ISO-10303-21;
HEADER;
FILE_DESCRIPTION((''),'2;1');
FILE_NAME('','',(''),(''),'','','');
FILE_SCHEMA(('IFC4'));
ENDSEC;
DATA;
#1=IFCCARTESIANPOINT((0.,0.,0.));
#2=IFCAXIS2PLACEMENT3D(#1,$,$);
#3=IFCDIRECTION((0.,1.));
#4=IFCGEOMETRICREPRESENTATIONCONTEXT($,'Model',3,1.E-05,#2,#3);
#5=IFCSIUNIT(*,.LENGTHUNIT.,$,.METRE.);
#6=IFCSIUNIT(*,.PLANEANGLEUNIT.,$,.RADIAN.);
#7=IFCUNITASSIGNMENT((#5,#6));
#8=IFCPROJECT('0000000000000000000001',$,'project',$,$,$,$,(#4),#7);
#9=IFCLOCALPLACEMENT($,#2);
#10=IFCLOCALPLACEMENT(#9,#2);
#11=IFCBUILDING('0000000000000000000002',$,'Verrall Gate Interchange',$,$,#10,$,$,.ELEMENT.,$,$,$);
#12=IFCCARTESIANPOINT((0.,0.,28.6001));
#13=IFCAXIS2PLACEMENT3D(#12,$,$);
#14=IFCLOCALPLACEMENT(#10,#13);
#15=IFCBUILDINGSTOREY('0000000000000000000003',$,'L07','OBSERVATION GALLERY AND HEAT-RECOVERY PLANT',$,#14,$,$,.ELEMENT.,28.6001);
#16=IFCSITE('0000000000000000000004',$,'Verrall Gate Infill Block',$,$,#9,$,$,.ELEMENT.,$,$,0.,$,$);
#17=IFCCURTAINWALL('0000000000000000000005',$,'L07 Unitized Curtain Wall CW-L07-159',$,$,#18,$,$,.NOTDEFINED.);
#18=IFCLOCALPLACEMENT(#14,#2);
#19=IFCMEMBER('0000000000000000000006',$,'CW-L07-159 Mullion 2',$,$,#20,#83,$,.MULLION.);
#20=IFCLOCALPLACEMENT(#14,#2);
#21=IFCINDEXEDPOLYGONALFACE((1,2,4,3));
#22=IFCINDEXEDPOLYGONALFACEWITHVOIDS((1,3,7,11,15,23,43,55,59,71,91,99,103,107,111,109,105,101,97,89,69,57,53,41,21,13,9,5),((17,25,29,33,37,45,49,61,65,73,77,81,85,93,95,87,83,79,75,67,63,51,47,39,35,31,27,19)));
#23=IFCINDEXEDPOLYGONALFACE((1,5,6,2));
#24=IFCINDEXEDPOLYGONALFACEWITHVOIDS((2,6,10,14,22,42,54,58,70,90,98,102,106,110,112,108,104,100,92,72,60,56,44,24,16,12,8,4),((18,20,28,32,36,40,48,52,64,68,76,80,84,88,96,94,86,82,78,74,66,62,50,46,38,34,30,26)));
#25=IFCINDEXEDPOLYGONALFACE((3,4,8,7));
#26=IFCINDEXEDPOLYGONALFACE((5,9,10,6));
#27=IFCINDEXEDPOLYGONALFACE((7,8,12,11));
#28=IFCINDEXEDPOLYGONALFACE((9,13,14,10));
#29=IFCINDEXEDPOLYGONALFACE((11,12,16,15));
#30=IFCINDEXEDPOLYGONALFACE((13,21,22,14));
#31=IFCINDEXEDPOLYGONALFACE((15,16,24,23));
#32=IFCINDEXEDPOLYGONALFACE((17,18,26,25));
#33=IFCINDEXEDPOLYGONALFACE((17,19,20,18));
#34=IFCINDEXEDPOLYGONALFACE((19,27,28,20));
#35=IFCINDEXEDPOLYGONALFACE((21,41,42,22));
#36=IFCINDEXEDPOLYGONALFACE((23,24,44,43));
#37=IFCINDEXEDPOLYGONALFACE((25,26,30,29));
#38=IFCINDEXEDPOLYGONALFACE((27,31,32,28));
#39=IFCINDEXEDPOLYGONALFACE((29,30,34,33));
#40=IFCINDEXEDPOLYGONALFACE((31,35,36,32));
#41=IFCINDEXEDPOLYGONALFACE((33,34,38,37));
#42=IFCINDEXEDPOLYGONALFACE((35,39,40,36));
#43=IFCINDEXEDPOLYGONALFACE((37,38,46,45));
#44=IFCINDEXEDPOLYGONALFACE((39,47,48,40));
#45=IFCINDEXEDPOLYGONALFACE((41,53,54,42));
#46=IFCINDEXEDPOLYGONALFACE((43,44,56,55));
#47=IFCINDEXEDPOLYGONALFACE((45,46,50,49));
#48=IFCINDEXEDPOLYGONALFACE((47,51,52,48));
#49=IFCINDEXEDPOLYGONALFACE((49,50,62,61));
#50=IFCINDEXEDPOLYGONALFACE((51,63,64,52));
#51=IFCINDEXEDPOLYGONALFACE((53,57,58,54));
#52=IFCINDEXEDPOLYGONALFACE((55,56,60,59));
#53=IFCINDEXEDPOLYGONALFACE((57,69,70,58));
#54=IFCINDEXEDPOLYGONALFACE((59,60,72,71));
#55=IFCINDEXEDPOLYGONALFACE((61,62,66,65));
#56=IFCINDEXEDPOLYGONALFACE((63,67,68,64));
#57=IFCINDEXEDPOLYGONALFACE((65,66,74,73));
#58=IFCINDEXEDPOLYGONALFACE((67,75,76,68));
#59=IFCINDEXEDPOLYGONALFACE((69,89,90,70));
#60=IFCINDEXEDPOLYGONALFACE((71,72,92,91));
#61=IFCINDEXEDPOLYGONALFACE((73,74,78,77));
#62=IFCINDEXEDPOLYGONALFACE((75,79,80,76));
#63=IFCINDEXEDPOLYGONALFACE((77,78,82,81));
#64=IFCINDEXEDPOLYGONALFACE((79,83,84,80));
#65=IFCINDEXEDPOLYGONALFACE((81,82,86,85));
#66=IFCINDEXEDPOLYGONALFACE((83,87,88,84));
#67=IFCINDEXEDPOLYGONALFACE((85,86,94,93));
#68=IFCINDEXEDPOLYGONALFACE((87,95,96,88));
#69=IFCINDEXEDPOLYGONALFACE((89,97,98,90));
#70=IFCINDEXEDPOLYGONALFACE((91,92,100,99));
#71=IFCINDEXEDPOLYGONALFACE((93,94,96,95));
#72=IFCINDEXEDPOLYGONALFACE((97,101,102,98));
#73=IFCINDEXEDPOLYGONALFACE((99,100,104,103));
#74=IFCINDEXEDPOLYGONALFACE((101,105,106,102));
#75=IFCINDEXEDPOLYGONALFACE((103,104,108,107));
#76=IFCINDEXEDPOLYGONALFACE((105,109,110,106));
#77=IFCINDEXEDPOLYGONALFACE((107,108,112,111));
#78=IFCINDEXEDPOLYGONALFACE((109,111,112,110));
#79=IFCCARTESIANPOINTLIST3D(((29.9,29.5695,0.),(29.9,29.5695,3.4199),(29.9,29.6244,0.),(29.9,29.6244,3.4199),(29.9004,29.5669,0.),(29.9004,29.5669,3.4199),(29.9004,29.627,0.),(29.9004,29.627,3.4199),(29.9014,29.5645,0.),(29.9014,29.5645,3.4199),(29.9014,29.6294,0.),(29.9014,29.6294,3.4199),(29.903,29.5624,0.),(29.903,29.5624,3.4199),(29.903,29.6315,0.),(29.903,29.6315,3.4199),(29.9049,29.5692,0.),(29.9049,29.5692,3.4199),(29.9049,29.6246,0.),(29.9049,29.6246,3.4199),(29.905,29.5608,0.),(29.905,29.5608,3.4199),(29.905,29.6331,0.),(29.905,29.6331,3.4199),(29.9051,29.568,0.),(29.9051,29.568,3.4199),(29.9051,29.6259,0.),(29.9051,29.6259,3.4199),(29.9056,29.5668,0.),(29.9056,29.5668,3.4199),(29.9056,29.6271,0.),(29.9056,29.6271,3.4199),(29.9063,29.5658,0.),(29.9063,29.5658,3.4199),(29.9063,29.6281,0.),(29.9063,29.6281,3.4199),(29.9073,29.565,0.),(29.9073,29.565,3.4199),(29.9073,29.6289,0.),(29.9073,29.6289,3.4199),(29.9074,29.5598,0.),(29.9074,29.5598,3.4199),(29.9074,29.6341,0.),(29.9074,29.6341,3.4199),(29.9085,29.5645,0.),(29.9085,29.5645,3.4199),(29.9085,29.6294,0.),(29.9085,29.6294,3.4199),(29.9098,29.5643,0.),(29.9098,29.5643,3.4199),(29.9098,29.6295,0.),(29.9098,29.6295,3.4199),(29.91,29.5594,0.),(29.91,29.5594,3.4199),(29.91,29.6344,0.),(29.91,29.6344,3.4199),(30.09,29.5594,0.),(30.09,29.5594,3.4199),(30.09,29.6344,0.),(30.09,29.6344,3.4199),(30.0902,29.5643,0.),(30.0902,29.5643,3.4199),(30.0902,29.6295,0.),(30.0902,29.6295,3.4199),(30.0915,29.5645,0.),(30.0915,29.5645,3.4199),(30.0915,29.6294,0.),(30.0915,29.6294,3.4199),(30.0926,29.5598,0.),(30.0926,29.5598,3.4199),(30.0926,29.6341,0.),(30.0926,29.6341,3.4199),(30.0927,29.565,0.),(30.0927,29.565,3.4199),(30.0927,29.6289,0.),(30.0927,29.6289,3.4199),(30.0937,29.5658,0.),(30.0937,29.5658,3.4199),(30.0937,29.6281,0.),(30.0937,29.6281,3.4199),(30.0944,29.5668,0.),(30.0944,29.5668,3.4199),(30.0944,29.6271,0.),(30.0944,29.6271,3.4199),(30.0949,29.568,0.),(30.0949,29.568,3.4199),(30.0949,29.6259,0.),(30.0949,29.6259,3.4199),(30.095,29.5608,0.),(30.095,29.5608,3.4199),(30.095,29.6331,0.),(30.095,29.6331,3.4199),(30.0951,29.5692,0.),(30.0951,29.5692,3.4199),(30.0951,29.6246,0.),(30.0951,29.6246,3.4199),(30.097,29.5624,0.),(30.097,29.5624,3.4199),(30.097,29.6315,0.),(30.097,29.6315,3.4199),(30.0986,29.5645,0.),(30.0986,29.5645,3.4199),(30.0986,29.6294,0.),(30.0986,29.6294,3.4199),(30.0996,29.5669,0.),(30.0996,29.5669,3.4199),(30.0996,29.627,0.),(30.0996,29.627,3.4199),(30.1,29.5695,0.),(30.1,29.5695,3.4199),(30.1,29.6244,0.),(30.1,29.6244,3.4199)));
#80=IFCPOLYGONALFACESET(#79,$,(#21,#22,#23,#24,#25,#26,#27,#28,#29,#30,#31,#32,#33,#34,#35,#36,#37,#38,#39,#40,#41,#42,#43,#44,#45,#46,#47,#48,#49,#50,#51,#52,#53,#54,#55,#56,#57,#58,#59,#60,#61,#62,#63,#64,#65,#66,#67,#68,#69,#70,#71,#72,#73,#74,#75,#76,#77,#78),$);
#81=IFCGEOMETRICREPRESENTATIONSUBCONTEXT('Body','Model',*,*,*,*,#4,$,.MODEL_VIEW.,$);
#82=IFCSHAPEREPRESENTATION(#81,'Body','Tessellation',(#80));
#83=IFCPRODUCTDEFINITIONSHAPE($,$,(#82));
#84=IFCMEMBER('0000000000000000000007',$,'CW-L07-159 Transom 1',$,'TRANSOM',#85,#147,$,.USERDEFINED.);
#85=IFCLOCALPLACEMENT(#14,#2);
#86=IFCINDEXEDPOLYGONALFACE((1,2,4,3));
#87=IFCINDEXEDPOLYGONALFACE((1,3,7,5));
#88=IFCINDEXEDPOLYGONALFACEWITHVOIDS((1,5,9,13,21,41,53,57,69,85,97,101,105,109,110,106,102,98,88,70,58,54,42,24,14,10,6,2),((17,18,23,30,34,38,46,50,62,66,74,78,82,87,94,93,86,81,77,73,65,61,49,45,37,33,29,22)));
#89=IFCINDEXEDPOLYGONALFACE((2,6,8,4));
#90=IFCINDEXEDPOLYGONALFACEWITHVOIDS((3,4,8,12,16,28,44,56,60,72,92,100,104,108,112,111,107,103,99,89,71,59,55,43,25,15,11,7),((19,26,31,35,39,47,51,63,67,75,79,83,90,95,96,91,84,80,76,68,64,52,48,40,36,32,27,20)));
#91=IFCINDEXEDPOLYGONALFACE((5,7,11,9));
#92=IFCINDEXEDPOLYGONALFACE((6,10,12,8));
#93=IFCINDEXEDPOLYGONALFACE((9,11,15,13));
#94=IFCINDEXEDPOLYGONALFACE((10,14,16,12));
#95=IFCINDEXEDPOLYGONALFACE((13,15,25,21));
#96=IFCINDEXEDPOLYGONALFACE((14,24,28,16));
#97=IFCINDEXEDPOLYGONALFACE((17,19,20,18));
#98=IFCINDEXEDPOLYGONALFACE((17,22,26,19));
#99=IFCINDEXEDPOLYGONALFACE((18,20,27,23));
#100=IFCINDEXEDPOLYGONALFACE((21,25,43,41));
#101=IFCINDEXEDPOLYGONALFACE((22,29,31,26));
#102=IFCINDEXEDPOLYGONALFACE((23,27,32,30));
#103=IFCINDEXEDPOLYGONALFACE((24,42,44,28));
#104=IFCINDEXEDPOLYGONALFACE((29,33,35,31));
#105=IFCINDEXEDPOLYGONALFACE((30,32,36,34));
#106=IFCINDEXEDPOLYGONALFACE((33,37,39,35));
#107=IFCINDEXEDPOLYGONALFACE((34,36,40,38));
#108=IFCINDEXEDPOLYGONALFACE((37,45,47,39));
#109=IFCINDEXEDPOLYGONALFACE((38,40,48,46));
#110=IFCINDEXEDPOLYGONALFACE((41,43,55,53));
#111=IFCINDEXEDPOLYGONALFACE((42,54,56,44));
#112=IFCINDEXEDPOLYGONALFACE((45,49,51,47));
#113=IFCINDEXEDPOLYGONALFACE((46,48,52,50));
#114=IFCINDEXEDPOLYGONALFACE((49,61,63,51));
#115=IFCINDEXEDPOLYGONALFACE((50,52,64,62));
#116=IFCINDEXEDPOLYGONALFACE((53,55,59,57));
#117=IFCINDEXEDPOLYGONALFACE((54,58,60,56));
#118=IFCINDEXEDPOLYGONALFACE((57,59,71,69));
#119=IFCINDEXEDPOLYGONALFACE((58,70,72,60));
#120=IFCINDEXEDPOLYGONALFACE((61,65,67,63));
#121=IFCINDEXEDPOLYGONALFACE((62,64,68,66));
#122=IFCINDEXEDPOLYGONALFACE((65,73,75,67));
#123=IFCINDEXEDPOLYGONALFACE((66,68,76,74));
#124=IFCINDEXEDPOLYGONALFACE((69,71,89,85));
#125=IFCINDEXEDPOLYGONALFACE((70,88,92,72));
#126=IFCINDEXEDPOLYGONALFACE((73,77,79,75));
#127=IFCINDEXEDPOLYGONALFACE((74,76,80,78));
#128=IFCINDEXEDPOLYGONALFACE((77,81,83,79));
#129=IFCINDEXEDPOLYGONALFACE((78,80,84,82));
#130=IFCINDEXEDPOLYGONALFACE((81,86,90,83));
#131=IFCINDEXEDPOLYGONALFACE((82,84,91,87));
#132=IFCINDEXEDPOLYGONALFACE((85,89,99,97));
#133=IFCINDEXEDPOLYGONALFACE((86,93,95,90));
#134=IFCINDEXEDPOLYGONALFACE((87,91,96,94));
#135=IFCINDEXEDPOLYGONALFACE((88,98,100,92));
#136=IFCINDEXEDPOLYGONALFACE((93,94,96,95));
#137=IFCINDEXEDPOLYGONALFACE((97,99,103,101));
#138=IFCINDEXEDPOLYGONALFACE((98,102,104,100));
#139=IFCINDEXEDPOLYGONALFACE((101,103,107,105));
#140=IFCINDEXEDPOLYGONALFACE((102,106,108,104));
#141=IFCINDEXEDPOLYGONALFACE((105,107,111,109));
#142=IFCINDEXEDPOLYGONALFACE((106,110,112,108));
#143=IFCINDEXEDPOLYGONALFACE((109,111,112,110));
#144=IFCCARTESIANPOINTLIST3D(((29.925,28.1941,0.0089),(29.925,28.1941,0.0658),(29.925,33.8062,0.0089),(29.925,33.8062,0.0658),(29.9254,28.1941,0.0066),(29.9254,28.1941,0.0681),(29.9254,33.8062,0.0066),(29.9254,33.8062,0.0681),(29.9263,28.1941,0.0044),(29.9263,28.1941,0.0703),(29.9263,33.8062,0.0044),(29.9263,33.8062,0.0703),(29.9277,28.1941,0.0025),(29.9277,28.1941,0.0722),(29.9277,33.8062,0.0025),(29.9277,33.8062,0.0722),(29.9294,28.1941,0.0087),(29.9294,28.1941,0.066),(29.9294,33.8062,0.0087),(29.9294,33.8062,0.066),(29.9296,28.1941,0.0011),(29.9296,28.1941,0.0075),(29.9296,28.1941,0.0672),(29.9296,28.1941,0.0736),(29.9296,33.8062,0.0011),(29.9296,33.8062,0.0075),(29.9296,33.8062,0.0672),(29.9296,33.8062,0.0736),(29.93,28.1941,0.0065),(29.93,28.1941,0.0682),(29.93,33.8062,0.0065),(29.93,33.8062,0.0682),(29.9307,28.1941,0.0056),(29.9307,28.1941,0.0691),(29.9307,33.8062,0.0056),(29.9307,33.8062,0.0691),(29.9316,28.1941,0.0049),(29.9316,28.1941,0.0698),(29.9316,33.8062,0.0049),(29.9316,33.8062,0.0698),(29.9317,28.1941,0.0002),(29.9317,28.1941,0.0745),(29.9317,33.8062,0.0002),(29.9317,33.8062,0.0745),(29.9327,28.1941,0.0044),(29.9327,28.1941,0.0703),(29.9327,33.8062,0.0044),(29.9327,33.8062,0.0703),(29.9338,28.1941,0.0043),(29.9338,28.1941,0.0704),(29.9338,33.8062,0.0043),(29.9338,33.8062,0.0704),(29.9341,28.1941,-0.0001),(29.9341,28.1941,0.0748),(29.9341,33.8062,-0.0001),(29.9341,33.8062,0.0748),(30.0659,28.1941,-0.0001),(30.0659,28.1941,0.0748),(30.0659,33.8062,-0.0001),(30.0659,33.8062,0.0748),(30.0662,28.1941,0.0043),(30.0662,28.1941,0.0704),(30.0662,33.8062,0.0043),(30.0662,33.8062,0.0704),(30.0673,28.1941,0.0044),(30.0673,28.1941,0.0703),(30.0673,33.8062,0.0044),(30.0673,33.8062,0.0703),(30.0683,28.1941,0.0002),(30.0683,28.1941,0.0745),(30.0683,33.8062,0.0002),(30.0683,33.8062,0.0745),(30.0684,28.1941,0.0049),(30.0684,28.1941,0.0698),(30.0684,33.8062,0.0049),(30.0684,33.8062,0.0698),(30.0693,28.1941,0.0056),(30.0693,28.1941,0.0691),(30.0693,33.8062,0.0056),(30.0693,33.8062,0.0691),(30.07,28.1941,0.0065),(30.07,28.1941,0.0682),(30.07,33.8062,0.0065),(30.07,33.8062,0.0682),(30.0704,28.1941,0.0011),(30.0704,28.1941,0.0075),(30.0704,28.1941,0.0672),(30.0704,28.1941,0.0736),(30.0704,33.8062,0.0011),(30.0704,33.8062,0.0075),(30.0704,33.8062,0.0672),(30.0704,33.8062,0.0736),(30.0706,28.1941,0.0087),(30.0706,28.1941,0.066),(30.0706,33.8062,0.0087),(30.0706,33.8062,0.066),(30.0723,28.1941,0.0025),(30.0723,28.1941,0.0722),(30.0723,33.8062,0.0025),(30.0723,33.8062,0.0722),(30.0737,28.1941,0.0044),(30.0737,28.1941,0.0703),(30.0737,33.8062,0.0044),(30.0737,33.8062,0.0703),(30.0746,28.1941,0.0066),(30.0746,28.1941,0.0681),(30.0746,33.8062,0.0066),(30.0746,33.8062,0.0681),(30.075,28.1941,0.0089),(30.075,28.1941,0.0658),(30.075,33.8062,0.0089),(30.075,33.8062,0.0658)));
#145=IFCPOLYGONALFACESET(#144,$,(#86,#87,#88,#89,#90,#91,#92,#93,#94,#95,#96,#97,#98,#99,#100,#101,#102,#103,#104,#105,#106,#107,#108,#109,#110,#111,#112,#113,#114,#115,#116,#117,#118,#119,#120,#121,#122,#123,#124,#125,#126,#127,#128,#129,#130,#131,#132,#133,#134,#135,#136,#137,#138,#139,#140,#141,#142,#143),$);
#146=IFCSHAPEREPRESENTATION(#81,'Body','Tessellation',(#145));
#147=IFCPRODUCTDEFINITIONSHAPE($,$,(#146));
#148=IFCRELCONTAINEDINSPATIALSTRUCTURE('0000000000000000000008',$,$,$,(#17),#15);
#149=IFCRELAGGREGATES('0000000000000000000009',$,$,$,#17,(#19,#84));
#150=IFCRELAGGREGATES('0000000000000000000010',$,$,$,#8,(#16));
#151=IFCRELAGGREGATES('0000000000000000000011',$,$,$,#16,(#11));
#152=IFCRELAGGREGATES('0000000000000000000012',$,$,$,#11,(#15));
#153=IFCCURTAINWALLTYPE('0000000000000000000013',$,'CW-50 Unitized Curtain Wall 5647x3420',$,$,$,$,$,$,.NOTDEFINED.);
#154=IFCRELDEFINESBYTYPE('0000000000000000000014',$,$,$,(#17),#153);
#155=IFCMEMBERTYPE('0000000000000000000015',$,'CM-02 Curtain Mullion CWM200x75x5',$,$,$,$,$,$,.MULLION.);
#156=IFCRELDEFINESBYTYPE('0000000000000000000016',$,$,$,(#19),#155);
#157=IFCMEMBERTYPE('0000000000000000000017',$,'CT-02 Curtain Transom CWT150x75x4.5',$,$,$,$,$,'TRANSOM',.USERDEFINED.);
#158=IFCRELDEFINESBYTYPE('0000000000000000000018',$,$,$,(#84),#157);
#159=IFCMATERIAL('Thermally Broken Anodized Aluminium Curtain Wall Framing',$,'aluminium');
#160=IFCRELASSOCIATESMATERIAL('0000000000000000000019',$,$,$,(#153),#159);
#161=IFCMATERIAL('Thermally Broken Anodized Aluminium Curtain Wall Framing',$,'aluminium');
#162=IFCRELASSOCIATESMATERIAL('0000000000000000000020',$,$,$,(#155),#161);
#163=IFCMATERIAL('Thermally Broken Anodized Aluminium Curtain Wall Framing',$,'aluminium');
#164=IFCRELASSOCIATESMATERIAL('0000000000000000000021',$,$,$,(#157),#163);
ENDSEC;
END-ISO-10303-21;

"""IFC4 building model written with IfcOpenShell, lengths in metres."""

from ifc_helpers import new_model, si_unit, direction, frame, origin, origin_2d, place, context, subcontext, project, spatial, hollow_rectangle, extrude, material, material_profile, profile_set, type_object, element, aggregate, save


model = new_model("IFC4")

# Units and contexts
model_context = context("Model", 3, precision=1e-05, world=origin(), true_north=direction((0.0, 1.0)))
body_context = subcontext(model_context, "Body", "Model", "MODEL_VIEW")
ifc_project = project(units=[si_unit("LENGTHUNIT", "METRE"), si_unit("PLANEANGLEUNIT", "RADIAN")], contexts=[model_context])

# Site, building, storey
site_placement = place(None, origin())
site = spatial("IfcSite", under=ifc_project, at=site_placement, Name="Verrall Gate Infill Block", CompositionType="ELEMENT", RefElevation=0.0)
building_placement = place(site_placement, origin())
building = spatial("IfcBuilding", under=site, at=building_placement, Name="Verrall Gate Interchange", CompositionType="ELEMENT")
storey_placement = place(building_placement, frame((0.0, 0.0, 28.6001)))
storey = spatial("IfcBuildingStorey", under=building, at=storey_placement, Name="L07", Description="OBSERVATION GALLERY AND HEAT-RECOVERY PLANT", CompositionType="ELEMENT", Elevation=28.6001)

# Curtain wall, members
ifc_material_1 = material(Name="Thermally Broken Anodized Aluminium Curtain Wall Framing", Category="aluminium")
curtain_wall_type_1 = type_object("IfcCurtainWallType", Name="CW-50 Unitized Curtain Wall 5647x3420", PredefinedType="NOTDEFINED", material=ifc_material_1)
curtain_wall_1_placement = place(storey_placement, origin())
curtain_wall_1 = element("IfcCurtainWall", 1, at=curtain_wall_1_placement, inside=storey, type_object=curtain_wall_type_1, Name="L07 Unitized Curtain Wall CW-L07-159", PredefinedType="NOTDEFINED")
ifc_material_2 = material(Name="Thermally Broken Anodized Aluminium Curtain Wall Framing", Category="aluminium")
ifc_material_profile_1 = material_profile(ifc_material_2, hollow_rectangle(XDim=0.075, YDim=0.2, WallThickness=0.0049, InnerFilletRadius=0.0049, OuterFilletRadius=0.01, at=origin_2d()), Name="CWM200x75x5")
ifc_profile_set_1 = profile_set([ifc_material_profile_1], Name="Thermally Broken Anodized Aluminium Curtain Wall Framing")
member_type_1 = type_object("IfcMemberType", Name="CM-02 Curtain Mullion CWM200x75x5", PredefinedType="MULLION", material=ifc_profile_set_1)
member_1_placement = place(storey_placement, frame((30.0, 29.5969, 0.0), z_axis=(0.0, 0.0, 1.0), x_axis=(0.0, 1.0, 0.0)))
member_1 = element("IfcMember", 2, at=member_1_placement, type_object=member_type_1, Name="CW-L07-159 Mullion 2", PredefinedType="MULLION", context=body_context, shape_type="SweptSolid", body=[
    extrude(hollow_rectangle(XDim=0.075, YDim=0.2, WallThickness=0.0049, InnerFilletRadius=0.0049, OuterFilletRadius=0.01, at=origin_2d()), origin(), (0.0, 0.0, 1.0), 3.4199),
])
ifc_material_3 = material(Name="Thermally Broken Anodized Aluminium Curtain Wall Framing", Category="aluminium")
ifc_material_profile_2 = material_profile(ifc_material_3, hollow_rectangle(XDim=0.1499, YDim=0.075, WallThickness=0.0044, InnerFilletRadius=0.0044, OuterFilletRadius=0.009, at=origin_2d()), Name="CWT150x75x4.5")
ifc_profile_set_2 = profile_set([ifc_material_profile_2], Name="Thermally Broken Anodized Aluminium Curtain Wall Framing")
member_type_2 = type_object("IfcMemberType", Name="CT-02 Curtain Transom CWT150x75x4.5", ElementType="TRANSOM", PredefinedType="USERDEFINED", material=ifc_profile_set_2)
member_2_placement = place(storey_placement, frame((30.0, 28.1941, 0.0374), z_axis=(0.0, 1.0, 0.0), x_axis=(-1.0, 0.0, 0.0)))
member_2 = element("IfcMember", 3, at=member_2_placement, type_object=member_type_2, Name="CW-L07-159 Transom 1", ObjectType="TRANSOM", PredefinedType="USERDEFINED", context=body_context, shape_type="SweptSolid", body=[
    extrude(hollow_rectangle(XDim=0.1499, YDim=0.075, WallThickness=0.0044, InnerFilletRadius=0.0044, OuterFilletRadius=0.009, at=origin_2d()), origin(), (0.0, 0.0, 1.0), 5.6121),
])

aggregate(curtain_wall_1, [member_1, member_2])

save(model, "model.ifc")
